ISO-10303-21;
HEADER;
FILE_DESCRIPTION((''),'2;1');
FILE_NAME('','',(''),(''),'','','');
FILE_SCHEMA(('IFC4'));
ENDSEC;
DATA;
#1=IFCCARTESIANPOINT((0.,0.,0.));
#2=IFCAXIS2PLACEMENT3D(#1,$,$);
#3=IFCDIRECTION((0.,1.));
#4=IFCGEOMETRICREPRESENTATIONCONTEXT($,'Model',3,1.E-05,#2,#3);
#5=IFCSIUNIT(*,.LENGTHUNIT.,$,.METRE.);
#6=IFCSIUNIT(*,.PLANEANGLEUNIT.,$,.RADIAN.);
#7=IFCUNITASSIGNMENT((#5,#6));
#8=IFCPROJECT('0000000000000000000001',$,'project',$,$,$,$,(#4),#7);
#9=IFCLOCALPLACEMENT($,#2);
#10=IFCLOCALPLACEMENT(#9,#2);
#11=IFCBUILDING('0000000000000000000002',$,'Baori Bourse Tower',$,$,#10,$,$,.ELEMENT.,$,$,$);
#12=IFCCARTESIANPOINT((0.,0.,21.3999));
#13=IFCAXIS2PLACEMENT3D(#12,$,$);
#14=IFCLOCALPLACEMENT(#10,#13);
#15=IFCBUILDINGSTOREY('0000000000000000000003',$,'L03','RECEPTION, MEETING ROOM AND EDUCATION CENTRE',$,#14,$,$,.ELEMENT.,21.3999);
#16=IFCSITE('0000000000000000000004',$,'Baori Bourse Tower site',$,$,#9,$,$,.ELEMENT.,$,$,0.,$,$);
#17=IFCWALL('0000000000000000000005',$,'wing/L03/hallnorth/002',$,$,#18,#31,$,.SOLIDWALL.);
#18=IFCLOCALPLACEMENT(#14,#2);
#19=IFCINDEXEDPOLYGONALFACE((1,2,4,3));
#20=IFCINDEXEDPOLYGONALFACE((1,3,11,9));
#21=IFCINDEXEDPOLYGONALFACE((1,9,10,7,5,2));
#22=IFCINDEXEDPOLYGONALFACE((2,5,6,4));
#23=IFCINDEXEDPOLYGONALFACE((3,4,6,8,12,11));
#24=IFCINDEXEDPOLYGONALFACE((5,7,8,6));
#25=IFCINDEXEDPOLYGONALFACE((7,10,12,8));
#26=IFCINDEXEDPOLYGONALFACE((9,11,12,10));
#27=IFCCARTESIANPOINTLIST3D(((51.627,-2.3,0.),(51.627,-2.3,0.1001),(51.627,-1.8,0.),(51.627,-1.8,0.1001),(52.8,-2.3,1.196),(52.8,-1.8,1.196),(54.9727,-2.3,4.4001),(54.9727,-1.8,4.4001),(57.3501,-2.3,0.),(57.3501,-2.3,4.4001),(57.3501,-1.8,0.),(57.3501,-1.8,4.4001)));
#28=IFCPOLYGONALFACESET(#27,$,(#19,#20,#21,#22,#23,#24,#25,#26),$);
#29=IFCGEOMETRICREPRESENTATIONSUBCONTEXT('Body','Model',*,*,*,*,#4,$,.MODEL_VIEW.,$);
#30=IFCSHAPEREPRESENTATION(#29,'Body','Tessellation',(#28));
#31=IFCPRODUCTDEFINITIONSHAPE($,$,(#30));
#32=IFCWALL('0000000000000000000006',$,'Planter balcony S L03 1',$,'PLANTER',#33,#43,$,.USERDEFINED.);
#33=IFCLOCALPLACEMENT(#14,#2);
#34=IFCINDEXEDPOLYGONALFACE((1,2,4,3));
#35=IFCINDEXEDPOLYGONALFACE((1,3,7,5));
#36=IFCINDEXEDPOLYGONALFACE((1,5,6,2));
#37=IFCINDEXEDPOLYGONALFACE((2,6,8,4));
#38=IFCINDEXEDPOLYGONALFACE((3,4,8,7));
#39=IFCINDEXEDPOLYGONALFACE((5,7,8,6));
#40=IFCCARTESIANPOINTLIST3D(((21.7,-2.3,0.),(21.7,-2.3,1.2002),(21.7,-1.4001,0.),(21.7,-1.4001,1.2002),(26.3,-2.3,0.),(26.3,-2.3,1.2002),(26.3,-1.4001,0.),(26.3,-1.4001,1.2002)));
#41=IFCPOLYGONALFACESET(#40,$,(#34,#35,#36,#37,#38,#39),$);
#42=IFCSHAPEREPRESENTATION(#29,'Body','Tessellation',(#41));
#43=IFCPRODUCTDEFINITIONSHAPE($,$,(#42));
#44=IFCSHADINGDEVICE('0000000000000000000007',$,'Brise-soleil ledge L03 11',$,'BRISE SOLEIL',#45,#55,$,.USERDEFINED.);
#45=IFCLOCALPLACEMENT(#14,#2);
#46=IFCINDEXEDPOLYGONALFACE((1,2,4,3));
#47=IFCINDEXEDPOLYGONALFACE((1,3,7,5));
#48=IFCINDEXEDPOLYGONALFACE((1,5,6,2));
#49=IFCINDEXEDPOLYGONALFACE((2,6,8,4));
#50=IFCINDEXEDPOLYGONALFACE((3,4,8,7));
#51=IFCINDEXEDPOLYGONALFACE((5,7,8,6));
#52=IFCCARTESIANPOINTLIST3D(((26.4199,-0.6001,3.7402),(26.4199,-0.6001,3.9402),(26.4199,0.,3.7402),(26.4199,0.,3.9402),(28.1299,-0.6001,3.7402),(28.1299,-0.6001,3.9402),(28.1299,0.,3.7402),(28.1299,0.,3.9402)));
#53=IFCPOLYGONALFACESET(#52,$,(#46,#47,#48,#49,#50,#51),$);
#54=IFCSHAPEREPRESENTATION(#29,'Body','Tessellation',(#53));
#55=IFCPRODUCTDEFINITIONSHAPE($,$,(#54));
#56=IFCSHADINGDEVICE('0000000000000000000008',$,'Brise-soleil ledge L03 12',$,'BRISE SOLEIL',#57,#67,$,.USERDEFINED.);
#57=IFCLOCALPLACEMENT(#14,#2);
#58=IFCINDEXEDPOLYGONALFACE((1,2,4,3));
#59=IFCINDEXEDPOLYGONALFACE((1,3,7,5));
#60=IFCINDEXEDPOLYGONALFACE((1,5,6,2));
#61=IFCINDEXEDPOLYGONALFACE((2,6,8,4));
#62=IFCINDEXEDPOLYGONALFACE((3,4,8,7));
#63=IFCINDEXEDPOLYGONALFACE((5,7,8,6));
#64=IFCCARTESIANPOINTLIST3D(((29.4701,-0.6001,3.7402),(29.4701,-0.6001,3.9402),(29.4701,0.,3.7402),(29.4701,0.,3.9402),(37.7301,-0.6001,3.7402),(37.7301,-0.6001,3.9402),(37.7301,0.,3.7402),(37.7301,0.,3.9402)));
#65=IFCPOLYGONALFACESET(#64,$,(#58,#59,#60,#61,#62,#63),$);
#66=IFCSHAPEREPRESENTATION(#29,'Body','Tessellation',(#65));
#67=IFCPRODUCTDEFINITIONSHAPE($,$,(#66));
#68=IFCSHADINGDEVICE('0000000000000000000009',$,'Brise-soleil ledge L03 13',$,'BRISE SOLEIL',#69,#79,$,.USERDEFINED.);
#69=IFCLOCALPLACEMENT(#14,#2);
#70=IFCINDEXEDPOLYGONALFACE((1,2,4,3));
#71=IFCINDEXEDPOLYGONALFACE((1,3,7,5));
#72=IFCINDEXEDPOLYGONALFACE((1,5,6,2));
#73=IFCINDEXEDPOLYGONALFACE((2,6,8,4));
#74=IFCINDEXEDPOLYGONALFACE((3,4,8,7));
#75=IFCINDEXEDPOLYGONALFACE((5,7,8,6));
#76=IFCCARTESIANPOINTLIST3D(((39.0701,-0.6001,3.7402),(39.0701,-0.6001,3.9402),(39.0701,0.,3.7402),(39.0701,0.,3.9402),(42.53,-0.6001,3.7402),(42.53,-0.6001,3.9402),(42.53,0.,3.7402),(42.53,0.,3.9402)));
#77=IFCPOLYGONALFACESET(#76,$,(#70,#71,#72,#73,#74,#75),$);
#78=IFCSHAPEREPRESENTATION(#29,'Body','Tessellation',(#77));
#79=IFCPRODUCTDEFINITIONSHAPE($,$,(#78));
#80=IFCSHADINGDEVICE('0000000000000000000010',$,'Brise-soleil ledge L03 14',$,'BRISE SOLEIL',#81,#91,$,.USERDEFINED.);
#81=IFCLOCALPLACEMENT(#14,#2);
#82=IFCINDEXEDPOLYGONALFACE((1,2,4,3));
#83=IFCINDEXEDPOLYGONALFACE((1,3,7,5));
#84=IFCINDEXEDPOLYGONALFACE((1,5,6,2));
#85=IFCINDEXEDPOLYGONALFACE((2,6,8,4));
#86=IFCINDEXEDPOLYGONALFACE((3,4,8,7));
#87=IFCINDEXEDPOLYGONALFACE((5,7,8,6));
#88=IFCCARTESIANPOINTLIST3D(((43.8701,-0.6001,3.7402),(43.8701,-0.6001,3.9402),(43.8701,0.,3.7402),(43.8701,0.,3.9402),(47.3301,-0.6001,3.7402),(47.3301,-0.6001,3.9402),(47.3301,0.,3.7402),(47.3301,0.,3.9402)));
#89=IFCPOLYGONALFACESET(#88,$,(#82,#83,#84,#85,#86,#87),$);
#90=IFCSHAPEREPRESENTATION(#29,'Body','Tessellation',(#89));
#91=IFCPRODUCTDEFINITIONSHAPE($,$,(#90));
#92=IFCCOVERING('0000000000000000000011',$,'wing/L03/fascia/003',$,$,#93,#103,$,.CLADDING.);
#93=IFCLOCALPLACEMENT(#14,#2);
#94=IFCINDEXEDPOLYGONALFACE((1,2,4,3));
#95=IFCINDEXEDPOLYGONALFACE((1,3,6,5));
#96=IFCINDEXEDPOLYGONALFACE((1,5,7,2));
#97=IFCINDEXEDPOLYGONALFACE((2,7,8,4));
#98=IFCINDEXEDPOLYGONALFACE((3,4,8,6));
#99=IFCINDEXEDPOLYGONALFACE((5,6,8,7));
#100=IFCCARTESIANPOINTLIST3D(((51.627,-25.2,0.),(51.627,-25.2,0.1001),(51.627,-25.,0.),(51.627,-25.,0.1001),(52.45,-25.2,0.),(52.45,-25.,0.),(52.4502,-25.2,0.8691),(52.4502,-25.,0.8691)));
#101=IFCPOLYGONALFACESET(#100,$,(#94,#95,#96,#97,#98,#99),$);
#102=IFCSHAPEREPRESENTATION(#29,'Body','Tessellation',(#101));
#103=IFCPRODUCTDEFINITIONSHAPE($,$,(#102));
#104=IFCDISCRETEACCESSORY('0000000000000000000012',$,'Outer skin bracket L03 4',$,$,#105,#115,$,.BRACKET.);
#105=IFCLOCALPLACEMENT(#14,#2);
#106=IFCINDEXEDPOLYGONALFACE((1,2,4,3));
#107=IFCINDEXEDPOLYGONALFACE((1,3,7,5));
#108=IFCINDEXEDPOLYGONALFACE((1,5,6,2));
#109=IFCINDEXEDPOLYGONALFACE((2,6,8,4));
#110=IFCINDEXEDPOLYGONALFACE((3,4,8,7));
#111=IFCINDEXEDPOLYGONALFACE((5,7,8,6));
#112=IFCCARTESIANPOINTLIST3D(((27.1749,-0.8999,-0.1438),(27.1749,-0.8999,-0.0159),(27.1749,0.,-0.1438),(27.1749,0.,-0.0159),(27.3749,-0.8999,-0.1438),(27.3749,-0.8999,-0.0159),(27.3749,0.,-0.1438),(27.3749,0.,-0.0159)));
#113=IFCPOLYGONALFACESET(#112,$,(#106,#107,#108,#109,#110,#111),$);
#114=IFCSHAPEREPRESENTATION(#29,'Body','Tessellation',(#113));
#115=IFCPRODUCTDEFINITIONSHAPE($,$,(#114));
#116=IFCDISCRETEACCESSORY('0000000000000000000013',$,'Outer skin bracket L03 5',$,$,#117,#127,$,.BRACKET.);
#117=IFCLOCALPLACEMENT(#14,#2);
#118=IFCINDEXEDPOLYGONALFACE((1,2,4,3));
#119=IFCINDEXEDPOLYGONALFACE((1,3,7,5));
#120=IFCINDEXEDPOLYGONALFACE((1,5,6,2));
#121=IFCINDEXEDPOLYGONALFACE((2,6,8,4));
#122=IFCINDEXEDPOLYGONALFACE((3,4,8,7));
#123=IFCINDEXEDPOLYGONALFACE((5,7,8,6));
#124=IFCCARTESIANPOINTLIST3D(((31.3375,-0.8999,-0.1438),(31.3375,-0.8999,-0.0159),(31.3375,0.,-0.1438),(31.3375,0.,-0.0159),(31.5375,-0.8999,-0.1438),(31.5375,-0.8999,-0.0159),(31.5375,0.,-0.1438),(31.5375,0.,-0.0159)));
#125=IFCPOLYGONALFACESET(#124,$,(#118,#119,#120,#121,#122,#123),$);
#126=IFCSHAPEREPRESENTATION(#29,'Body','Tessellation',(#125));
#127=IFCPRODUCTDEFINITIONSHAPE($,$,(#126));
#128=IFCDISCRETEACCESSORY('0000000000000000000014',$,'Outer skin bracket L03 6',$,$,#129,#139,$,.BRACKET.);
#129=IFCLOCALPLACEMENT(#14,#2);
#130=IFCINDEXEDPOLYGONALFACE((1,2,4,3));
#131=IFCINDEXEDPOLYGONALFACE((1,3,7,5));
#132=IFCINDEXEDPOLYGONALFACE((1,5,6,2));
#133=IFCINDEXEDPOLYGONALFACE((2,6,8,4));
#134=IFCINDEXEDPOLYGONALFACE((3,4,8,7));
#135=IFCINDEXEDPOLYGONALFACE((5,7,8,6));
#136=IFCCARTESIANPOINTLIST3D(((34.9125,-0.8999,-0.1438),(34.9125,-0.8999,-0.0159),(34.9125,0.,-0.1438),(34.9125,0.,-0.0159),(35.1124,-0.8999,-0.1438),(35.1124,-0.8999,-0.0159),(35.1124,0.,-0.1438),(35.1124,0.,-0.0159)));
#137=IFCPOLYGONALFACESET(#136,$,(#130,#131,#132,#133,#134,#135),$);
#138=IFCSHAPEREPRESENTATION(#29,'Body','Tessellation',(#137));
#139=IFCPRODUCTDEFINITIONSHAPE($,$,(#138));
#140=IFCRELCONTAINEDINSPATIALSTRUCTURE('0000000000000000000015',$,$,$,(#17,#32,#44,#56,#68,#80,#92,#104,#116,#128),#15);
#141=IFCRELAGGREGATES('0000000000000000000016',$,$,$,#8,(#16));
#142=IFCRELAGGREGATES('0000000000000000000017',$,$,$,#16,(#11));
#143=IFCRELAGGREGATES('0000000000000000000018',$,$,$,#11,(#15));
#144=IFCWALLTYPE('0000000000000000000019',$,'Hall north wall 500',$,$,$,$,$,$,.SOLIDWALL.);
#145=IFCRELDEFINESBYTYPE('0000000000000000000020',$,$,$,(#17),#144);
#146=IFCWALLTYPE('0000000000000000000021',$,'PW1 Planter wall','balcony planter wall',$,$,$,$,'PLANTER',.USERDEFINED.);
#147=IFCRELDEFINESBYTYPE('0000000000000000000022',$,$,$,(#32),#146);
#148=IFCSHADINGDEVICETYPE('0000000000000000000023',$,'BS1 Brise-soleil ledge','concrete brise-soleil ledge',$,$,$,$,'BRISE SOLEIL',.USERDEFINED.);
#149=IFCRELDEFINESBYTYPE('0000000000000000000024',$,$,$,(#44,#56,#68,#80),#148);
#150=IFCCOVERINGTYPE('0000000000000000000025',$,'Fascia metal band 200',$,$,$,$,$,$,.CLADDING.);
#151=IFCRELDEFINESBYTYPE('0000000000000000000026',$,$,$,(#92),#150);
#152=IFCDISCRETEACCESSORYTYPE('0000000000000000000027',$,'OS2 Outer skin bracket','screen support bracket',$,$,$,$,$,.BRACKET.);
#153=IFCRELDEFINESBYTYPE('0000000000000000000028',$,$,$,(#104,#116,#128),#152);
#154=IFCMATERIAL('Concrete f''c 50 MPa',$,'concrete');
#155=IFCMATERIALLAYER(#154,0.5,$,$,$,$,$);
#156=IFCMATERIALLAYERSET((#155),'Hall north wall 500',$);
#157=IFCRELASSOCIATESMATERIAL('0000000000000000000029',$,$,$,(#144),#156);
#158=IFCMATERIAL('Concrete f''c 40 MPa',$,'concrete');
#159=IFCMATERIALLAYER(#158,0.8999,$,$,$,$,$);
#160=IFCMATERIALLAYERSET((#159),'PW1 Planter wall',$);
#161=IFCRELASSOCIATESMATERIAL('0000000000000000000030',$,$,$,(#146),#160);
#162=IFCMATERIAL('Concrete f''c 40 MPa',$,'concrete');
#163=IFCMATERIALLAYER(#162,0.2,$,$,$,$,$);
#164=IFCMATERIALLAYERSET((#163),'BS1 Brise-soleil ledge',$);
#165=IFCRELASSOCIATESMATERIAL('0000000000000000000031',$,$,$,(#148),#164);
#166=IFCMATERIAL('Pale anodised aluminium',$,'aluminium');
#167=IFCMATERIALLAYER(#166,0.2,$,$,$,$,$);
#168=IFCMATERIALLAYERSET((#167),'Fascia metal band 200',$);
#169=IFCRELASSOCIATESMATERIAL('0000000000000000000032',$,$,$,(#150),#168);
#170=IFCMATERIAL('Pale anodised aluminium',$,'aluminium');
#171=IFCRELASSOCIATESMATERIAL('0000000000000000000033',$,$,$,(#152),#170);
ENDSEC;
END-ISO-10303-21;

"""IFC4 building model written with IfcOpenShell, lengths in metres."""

from ifc_helpers import new_model, si_unit, direction, frame, frame_2d, origin, origin_2d, place, context, subcontext, project, spatial, polyline, rectangle, outline, extrude, material, layer, layer_set, type_object, element, save


model = new_model("IFC4")

# Units and contexts
model_context = context("Model", 3, precision=1e-05, world=origin(), true_north=direction((0.0, 1.0)))
body_context = subcontext(model_context, "Body", "Model", "MODEL_VIEW")
ifc_project = project(units=[si_unit("LENGTHUNIT", "METRE"), si_unit("PLANEANGLEUNIT", "RADIAN")], contexts=[model_context])

# Site, building, storey
site_placement = place(None, origin())
site = spatial("IfcSite", under=ifc_project, at=site_placement, Name="Baori Bourse Tower site", CompositionType="ELEMENT", RefElevation=0.0)
building_placement = place(site_placement, origin())
building = spatial("IfcBuilding", under=site, at=building_placement, Name="Baori Bourse Tower", CompositionType="ELEMENT")
storey_placement = place(building_placement, frame((0.0, 0.0, 21.3999)))
storey = spatial("IfcBuildingStorey", under=building, at=storey_placement, Name="L03", Description="RECEPTION, MEETING ROOM AND EDUCATION CENTRE", CompositionType="ELEMENT", Elevation=21.3999)

# Walls
ifc_material_1 = material(Name="Concrete f'c 50 MPa", Category="concrete")
ifc_layer_1 = layer(ifc_material_1, 0.5)
ifc_layer_set_1 = layer_set([ifc_layer_1], Name="Hall north wall 500")
wall_type_1 = type_object("IfcWallType", Name="Hall north wall 500", PredefinedType="SOLIDWALL", material=ifc_layer_set_1)
wall_1_placement = place(storey_placement, frame((51.627, -2.05, 0.0), z_axis=(0.0, 0.0, 1.0), x_axis=(1.0, 0.0, 0.0)))
element("IfcWall", 1, at=wall_1_placement, inside=storey, type_object=wall_type_1, Name="wing/L03/hallnorth/002", PredefinedType="SOLIDWALL", context=body_context, shape_type="SweptSolid", body=[
    extrude(outline(polyline([(0.0, 0.0), (5.7231, 0.0), (5.7231, 4.4001), (3.3457, 4.4001), (1.1731, 1.196), (0.0, 0.1001), (0.0, 0.0)])), frame((0.0, 0.25, 0.0), z_axis=(0.0, -1.0, 0.0), x_axis=(1.0, 0.0, 0.0)), (0.0, 0.0, 1.0), 0.5),
])
ifc_material_2 = material(Name="Concrete f'c 40 MPa", Category="concrete")
ifc_layer_2 = layer(ifc_material_2, 0.8999)
ifc_layer_set_2 = layer_set([ifc_layer_2], Name="PW1 Planter wall")
wall_type_2 = type_object("IfcWallType", Name="PW1 Planter wall", Description="balcony planter wall", ElementType="PLANTER", PredefinedType="USERDEFINED", material=ifc_layer_set_2)
wall_2_placement = place(storey_placement, frame((21.7, -1.8501, 0.0), z_axis=(0.0, 0.0, 1.0), x_axis=(1.0, 0.0, 0.0)))
element("IfcWall", 2, at=wall_2_placement, inside=storey, type_object=wall_type_2, Name="Planter balcony S L03 1", ObjectType="PLANTER", PredefinedType="USERDEFINED", context=body_context, shape_type="SweptSolid", body=[
    extrude(rectangle(XDim=4.6001, YDim=0.8999, at=frame_2d((2.3, 0.0))), origin(), (0.0, 0.0, 1.0), 1.2002),
])

# Shading devices
ifc_material_3 = material(Name="Concrete f'c 40 MPa", Category="concrete")
ifc_layer_3 = layer(ifc_material_3, 0.2)
ifc_layer_set_3 = layer_set([ifc_layer_3], Name="BS1 Brise-soleil ledge")
shading_device_type = type_object("IfcShadingDeviceType", Name="BS1 Brise-soleil ledge", Description="concrete brise-soleil ledge", ElementType="BRISE SOLEIL", PredefinedType="USERDEFINED", material=ifc_layer_set_3)
shading_device_1_placement = place(storey_placement, frame((27.2749, -0.3, 3.7402), z_axis=(0.0, 0.0, 1.0), x_axis=(1.0, 0.0, 0.0)))
element("IfcShadingDevice", 3, at=shading_device_1_placement, inside=storey, type_object=shading_device_type, Name="Brise-soleil ledge L03 11", ObjectType="BRISE SOLEIL", PredefinedType="USERDEFINED", context=body_context, shape_type="SweptSolid", body=[
    extrude(rectangle(XDim=1.71, YDim=0.6001, at=origin_2d()), origin(), (0.0, 0.0, 1.0), 0.2),
])
shading_device_2_placement = place(storey_placement, frame((33.6001, -0.3, 3.7402), z_axis=(0.0, 0.0, 1.0), x_axis=(1.0, 0.0, 0.0)))
element("IfcShadingDevice", 4, at=shading_device_2_placement, inside=storey, type_object=shading_device_type, Name="Brise-soleil ledge L03 12", ObjectType="BRISE SOLEIL", PredefinedType="USERDEFINED", context=body_context, shape_type="SweptSolid", body=[
    extrude(rectangle(XDim=8.26, YDim=0.6001, at=origin_2d()), origin(), (0.0, 0.0, 1.0), 0.2),
])
for number, where, z_axis, x_axis, name in (
    (5, (40.8, -0.3, 3.7402), (0.0, 0.0, 1.0), (1.0, 0.0, 0.0), "Brise-soleil ledge L03 13"),
    (6, (45.6001, -0.3, 3.7402), (0.0, 0.0, 1.0), (1.0, 0.0, 0.0), "Brise-soleil ledge L03 14"),
):
    element("IfcShadingDevice", number, at=place(storey_placement, frame(where, z_axis=z_axis, x_axis=x_axis)), inside=storey, type_object=shading_device_type, Name=name, ObjectType="BRISE SOLEIL", PredefinedType="USERDEFINED", context=body_context, shape_type="SweptSolid", body=[
        extrude(rectangle(XDim=3.46, YDim=0.6001, at=origin_2d()), origin(), (0.0, 0.0, 1.0), 0.2),
    ])

# Covering
ifc_material_4 = material(Name="Pale anodised aluminium", Category="aluminium")
ifc_layer_4 = layer(ifc_material_4, 0.2)
ifc_layer_set_4 = layer_set([ifc_layer_4], Name="Fascia metal band 200")
covering_type = type_object("IfcCoveringType", Name="Fascia metal band 200", PredefinedType="CLADDING", material=ifc_layer_set_4)
covering_placement = place(storey_placement, frame((51.627, -25.1001, 0.0), z_axis=(0.0, 0.0, 1.0), x_axis=(1.0, 0.0, 0.0)))
element("IfcCovering", 7, at=covering_placement, inside=storey, type_object=covering_type, Name="wing/L03/fascia/003", PredefinedType="CLADDING", context=body_context, shape_type="SweptSolid", body=[
    extrude(outline(polyline([(0.0, 0.0), (0.823, 0.0), (0.8232, 0.8691), (0.0, 0.1001), (0.0, 0.0)])), frame((0.0, 0.1001, 0.0), z_axis=(0.0, -1.0, 0.0), x_axis=(1.0, 0.0, 0.0)), (0.0, 0.0, 1.0), 0.2),
])

# Discrete accessories
ifc_material_5 = material(Name="Pale anodised aluminium", Category="aluminium")
discrete_accessory_type = type_object("IfcDiscreteAccessoryType", Name="OS2 Outer skin bracket", Description="screen support bracket", PredefinedType="BRACKET", material=ifc_material_5)
for number, where, z_axis, x_axis, name in (
    (8, (27.2749, -0.45, -0.1438), (0.0, 0.0, 1.0), (1.0, 0.0, 0.0), "Outer skin bracket L03 4"),
    (9, (31.4375, -0.45, -0.1438), (0.0, 0.0, 1.0), (1.0, 0.0, 0.0), "Outer skin bracket L03 5"),
    (10, (35.0125, -0.45, -0.1438), (0.0, 0.0, 1.0), (1.0, 0.0, 0.0), "Outer skin bracket L03 6"),
):
    element("IfcDiscreteAccessory", number, at=place(storey_placement, frame(where, z_axis=z_axis, x_axis=x_axis)), inside=storey, type_object=discrete_accessory_type, Name=name, PredefinedType="BRACKET", context=body_context, shape_type="SweptSolid", body=[
        extrude(rectangle(XDim=0.2, YDim=0.8999, at=origin_2d()), origin(), (0.0, 0.0, 1.0), 0.1279),
    ])

save(model, "model.ifc")
